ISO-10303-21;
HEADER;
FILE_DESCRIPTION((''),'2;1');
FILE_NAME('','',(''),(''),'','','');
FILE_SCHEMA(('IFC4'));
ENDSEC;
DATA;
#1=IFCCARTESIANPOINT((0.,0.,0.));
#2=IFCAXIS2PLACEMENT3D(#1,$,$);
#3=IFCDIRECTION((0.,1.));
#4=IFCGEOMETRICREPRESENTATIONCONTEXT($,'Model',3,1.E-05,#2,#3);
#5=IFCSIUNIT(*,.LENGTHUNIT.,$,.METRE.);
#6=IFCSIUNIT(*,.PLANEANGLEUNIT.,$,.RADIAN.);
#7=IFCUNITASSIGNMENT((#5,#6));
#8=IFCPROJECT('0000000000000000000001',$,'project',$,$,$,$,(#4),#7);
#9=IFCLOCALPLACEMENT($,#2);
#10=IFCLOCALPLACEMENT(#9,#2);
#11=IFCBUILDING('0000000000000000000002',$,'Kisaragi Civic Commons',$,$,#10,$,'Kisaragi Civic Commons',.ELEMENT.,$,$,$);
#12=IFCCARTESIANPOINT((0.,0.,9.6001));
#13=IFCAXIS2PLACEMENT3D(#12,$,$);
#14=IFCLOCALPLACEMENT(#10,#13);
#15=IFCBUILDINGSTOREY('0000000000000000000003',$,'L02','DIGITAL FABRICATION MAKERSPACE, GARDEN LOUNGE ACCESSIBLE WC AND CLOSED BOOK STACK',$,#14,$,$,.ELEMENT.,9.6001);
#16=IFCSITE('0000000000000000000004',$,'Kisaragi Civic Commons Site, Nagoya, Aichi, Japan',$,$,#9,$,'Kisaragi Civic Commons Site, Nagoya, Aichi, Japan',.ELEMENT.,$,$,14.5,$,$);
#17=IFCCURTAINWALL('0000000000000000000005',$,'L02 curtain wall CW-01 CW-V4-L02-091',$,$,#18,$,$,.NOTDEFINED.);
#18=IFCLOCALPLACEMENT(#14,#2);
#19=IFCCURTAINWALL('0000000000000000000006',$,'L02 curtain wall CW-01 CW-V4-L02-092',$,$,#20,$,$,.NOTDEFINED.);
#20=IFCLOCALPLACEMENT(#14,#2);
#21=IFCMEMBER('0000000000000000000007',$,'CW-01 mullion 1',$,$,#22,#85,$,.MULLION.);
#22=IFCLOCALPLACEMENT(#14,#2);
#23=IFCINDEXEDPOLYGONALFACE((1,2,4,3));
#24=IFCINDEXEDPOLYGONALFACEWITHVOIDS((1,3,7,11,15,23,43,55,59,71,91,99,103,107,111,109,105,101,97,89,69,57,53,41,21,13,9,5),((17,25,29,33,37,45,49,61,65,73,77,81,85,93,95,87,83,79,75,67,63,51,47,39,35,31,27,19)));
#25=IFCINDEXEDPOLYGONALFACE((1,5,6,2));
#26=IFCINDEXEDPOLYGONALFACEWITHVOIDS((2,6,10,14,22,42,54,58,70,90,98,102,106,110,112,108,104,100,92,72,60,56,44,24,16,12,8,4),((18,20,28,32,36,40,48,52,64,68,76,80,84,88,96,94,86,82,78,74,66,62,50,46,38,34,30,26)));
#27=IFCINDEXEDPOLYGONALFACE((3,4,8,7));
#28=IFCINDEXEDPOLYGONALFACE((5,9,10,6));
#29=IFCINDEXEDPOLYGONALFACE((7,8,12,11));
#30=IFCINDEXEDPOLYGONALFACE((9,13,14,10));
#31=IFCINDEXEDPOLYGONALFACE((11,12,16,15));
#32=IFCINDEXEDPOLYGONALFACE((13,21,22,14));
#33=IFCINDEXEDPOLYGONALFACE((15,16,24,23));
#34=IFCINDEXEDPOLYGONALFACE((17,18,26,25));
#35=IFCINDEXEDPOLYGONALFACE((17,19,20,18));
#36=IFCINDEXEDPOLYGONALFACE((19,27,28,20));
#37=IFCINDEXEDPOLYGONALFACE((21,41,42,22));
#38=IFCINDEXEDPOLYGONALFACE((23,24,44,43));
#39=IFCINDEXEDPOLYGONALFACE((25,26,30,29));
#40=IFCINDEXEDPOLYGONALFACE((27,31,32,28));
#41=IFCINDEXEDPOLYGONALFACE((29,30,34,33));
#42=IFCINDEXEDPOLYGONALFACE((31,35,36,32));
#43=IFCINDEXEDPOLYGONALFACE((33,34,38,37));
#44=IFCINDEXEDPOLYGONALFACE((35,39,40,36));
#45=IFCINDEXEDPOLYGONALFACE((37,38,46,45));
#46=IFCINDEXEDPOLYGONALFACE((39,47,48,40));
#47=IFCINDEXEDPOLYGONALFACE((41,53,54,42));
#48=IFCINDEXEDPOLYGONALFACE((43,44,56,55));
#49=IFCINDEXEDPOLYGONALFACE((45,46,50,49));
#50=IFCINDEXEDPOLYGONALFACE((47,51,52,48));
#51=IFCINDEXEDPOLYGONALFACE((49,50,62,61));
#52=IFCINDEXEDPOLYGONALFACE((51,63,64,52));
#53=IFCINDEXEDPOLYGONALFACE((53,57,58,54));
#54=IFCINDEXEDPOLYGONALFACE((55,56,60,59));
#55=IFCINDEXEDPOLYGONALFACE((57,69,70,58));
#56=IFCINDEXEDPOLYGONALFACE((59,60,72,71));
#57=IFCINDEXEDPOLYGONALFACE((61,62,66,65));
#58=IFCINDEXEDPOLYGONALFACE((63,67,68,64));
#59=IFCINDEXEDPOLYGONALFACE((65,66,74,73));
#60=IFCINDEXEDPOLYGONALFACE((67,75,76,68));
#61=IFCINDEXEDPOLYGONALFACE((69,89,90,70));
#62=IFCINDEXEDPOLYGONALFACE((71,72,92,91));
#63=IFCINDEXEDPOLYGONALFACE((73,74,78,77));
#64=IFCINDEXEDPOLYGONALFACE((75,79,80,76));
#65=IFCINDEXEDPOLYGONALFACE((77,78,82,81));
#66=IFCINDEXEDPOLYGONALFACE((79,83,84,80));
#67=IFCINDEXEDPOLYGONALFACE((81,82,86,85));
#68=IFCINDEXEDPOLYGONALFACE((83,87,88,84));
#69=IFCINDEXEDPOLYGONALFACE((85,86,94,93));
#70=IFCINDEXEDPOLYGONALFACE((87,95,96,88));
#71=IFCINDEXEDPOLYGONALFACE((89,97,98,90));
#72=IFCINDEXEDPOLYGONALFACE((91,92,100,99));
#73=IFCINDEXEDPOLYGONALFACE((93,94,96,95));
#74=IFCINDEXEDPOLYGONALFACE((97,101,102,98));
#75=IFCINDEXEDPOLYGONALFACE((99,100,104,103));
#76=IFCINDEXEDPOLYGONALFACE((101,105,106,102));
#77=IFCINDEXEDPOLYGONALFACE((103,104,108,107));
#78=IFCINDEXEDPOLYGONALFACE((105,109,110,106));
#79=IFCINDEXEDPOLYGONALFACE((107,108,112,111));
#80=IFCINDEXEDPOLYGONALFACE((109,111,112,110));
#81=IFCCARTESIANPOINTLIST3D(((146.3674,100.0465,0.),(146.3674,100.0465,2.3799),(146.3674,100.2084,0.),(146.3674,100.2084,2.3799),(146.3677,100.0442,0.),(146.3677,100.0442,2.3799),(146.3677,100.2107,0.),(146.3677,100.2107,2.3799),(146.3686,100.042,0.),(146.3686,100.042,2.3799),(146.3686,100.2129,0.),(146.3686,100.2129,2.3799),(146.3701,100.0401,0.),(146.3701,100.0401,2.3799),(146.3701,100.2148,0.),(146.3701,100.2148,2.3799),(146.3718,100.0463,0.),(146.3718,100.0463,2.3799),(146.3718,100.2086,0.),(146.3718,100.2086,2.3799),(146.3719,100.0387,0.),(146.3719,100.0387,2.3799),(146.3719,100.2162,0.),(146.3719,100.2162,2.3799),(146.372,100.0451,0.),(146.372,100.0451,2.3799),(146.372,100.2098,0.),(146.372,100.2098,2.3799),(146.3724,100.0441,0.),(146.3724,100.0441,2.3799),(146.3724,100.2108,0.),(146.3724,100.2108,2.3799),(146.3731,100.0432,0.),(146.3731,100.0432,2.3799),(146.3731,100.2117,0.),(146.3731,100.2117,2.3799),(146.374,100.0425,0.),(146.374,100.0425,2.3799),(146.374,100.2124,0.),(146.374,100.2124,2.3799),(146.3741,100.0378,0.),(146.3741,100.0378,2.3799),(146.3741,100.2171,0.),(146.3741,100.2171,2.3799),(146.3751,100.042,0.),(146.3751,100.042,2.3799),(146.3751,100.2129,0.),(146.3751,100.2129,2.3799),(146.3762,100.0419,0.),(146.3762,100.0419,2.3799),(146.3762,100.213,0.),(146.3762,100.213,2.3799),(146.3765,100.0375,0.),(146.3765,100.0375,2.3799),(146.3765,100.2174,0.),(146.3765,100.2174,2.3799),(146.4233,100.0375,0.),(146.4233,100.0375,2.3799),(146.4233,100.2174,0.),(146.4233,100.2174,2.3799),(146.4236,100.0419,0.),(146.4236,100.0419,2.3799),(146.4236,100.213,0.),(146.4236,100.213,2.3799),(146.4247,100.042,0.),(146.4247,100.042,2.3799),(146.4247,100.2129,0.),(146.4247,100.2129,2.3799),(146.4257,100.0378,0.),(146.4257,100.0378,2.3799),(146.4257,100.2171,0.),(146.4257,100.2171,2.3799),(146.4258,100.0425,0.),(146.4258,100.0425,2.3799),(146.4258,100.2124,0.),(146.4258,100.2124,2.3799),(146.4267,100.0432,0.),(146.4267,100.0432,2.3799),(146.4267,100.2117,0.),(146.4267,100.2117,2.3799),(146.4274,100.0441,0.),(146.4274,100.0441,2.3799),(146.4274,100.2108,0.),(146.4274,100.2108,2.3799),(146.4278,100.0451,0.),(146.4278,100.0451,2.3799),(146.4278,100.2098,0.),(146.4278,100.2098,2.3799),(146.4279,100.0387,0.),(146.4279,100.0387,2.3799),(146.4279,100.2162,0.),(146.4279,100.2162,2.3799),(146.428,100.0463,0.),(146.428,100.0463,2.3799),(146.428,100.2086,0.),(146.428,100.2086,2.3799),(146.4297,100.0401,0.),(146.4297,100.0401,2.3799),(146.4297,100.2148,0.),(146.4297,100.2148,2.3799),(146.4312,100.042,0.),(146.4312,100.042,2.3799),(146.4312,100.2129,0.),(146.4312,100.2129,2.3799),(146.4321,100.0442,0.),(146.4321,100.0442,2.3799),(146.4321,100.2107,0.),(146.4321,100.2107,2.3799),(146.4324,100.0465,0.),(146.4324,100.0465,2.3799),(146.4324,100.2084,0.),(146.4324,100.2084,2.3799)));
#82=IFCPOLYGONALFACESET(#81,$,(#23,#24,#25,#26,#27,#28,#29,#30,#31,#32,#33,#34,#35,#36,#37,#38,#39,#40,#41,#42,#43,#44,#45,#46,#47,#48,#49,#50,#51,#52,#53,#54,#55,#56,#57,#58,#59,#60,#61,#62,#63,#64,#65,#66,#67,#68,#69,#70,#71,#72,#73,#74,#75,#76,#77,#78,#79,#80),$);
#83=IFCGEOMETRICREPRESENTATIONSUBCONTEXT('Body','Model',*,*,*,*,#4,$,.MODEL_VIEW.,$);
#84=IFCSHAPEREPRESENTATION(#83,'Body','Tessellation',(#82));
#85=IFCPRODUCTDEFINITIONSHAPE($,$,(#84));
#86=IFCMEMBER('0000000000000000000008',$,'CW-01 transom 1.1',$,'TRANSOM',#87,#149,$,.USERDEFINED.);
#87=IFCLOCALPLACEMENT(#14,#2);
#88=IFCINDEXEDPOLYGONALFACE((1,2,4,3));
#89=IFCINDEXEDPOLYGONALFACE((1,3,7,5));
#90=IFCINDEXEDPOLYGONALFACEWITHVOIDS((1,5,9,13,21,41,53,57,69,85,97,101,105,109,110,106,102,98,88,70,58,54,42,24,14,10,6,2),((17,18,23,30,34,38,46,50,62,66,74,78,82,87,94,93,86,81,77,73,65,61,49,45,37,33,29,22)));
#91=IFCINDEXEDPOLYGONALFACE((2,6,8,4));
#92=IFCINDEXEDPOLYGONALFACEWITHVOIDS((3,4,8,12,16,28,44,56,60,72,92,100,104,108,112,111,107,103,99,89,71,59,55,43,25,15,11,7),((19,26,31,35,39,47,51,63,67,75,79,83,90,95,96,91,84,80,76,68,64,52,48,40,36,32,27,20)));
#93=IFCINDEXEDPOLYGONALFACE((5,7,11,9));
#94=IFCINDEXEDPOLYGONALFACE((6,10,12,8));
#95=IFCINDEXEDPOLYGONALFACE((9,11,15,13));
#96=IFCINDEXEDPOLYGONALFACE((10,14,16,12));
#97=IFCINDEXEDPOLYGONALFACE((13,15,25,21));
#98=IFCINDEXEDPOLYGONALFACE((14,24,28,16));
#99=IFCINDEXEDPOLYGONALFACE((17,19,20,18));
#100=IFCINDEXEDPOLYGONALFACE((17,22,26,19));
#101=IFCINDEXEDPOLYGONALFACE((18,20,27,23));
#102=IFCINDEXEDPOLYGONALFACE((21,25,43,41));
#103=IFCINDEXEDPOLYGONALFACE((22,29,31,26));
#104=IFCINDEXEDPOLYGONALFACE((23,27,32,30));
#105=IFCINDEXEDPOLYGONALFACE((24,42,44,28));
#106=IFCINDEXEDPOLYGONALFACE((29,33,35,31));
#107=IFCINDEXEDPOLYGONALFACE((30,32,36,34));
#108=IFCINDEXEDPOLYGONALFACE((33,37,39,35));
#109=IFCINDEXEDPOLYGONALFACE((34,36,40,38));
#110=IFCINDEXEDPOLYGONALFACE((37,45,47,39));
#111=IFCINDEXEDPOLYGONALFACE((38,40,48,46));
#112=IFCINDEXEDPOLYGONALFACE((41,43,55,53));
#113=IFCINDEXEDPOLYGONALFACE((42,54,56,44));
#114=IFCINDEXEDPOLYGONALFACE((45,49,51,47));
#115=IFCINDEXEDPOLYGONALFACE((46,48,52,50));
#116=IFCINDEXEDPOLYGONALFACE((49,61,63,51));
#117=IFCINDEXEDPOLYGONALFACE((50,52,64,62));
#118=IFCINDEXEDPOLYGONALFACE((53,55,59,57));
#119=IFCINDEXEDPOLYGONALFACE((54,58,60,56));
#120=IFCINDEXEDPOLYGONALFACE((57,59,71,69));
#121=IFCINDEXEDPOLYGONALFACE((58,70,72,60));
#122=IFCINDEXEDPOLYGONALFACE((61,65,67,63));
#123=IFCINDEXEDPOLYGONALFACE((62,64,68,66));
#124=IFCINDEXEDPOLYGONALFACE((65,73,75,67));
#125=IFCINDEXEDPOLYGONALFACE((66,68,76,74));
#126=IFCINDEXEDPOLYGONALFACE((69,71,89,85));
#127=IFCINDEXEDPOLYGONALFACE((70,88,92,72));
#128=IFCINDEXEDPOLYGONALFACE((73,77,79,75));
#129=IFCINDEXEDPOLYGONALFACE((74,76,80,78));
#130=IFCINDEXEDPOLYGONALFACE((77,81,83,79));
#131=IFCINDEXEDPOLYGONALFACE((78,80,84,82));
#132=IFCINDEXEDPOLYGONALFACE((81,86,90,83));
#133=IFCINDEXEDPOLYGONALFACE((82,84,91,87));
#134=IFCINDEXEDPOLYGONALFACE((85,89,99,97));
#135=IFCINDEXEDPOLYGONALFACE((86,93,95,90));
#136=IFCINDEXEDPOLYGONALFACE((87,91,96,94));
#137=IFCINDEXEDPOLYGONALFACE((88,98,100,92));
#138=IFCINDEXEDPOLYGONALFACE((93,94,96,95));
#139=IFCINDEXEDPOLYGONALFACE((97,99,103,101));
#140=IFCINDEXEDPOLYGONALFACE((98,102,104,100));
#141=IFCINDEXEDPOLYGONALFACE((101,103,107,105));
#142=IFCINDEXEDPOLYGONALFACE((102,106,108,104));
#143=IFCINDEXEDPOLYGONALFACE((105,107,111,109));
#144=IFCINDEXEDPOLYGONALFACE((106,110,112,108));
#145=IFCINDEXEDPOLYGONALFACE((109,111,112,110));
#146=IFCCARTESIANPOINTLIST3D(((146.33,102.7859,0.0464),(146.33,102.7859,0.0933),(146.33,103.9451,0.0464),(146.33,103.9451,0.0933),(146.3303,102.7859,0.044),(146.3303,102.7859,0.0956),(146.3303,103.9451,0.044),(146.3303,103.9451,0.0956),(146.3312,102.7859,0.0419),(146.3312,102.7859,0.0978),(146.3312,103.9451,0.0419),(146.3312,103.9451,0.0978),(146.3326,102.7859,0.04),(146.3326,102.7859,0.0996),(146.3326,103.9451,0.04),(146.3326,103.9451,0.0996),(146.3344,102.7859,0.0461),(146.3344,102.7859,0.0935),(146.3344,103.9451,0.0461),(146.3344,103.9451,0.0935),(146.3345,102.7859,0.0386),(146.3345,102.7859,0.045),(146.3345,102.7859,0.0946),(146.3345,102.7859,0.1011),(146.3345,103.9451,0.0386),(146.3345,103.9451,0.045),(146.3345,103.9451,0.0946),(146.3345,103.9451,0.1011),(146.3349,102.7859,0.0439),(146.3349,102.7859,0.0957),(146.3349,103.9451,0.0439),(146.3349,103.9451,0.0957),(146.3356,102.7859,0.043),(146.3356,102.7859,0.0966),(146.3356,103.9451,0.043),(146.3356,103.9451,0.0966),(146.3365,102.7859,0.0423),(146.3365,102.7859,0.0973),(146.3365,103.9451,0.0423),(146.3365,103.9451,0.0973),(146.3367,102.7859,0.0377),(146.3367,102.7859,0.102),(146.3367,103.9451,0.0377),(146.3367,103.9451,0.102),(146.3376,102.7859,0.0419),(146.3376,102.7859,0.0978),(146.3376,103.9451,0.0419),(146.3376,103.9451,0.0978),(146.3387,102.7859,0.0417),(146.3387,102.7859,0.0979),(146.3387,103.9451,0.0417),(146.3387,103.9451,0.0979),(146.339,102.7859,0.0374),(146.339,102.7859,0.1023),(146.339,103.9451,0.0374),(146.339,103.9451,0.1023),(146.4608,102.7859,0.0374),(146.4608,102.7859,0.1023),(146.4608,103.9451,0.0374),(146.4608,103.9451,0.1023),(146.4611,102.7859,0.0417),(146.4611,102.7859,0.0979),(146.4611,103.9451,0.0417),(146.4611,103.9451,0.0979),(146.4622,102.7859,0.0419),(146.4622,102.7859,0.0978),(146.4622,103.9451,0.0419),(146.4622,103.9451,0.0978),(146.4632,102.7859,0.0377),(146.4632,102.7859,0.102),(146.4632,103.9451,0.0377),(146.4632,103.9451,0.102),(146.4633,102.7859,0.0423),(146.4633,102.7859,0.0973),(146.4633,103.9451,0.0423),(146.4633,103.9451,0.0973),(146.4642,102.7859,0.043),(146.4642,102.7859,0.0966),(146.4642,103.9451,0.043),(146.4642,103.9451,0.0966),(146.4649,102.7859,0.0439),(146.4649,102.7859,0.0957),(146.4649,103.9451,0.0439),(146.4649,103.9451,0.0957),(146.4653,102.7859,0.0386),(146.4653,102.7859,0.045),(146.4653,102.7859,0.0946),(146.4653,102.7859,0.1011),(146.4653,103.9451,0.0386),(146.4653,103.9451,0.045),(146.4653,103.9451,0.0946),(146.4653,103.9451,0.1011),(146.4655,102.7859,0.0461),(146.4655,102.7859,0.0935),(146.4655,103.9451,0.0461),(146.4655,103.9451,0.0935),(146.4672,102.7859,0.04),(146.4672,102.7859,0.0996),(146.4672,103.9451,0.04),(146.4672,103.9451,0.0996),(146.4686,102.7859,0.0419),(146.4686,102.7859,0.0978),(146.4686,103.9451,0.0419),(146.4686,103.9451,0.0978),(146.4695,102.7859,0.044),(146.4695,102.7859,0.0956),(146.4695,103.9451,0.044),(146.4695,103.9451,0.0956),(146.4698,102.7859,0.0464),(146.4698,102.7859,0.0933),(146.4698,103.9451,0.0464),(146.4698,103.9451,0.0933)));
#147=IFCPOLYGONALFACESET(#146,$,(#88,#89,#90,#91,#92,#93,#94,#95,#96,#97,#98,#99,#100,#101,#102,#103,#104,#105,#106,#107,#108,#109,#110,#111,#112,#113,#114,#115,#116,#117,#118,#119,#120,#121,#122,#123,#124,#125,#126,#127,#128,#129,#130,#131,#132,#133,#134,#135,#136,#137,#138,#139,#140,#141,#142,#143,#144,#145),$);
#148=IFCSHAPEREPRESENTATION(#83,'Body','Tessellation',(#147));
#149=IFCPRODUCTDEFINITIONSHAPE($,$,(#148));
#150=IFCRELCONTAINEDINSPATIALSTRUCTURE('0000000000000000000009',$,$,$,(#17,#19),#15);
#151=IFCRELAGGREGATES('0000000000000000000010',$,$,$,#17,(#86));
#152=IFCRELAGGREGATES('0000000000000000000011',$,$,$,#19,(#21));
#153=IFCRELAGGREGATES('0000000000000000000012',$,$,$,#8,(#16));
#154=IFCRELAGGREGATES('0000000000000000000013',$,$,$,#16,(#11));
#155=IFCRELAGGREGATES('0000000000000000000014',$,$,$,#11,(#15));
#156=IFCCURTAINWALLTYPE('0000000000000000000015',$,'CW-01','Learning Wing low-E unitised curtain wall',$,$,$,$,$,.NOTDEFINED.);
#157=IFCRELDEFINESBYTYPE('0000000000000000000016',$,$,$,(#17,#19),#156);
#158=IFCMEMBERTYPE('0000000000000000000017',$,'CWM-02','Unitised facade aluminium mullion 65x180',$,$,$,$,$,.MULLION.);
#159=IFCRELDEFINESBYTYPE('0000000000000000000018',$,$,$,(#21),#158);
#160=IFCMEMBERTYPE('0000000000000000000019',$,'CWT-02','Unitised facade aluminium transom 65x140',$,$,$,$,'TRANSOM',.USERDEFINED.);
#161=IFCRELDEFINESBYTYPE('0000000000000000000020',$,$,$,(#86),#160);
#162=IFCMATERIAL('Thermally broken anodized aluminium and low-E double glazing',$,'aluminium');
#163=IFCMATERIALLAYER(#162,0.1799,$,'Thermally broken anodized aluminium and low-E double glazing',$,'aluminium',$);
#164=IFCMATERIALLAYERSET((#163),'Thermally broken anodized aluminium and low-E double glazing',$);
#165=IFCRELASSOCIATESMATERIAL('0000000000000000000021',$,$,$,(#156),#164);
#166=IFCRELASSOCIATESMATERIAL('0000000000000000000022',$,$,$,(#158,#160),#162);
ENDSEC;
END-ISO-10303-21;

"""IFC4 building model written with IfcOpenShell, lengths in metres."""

from ifc_helpers import new_model, si_unit, direction, frame, origin, origin_2d, place, context, subcontext, project, spatial, hollow_rectangle, extrude, material, layer, layer_set, material_profile, profile_set, type_object, element, aggregate, save


model = new_model("IFC4")

# Units and contexts
model_context = context("Model", 3, precision=1e-05, world=origin(), true_north=direction((0.0, 1.0)))
body_context = subcontext(model_context, "Body", "Model", "MODEL_VIEW")
ifc_project = project(units=[si_unit("LENGTHUNIT", "METRE"), si_unit("PLANEANGLEUNIT", "RADIAN")], contexts=[model_context])

# Site, building, storey
site_placement = place(None, origin())
site = spatial("IfcSite", under=ifc_project, at=site_placement, Name="Kisaragi Civic Commons Site, Nagoya, Aichi, Japan", LongName="Kisaragi Civic Commons Site, Nagoya, Aichi, Japan", CompositionType="ELEMENT", RefElevation=14.5)
building_placement = place(site_placement, origin())
building = spatial("IfcBuilding", under=site, at=building_placement, Name="Kisaragi Civic Commons", LongName="Kisaragi Civic Commons", CompositionType="ELEMENT")
storey_placement = place(building_placement, frame((0.0, 0.0, 9.6001)))
storey = spatial("IfcBuildingStorey", under=building, at=storey_placement, Name="L02", Description="DIGITAL FABRICATION MAKERSPACE, GARDEN LOUNGE ACCESSIBLE WC AND CLOSED BOOK STACK", CompositionType="ELEMENT", Elevation=9.6001)

# Curtain wall
ifc_material_1 = material(Name="Thermally broken anodized aluminium and low-E double glazing", Category="aluminium")
ifc_layer_1 = layer(ifc_material_1, 0.1799, Name="Thermally broken anodized aluminium and low-E double glazing", Category="aluminium")
ifc_layer_set_1 = layer_set([ifc_layer_1], Name="Thermally broken anodized aluminium and low-E double glazing")
curtain_wall_type = type_object("IfcCurtainWallType", Name="CW-01", Description="Learning Wing low-E unitised curtain wall", PredefinedType="NOTDEFINED", material=ifc_layer_set_1)
curtain_wall_1_placement = place(storey_placement, origin())
curtain_wall_1 = element("IfcCurtainWall", 1, at=curtain_wall_1_placement, inside=storey, type_object=curtain_wall_type, Name="L02 curtain wall CW-01 CW-V4-L02-091", PredefinedType="NOTDEFINED")
ifc_material_profile_1 = material_profile(ifc_material_1, hollow_rectangle(XDim=0.0649, YDim=0.1799, WallThickness=0.0044, InnerFilletRadius=0.0044, OuterFilletRadius=0.009, at=origin_2d()), Name="CWM-65x180x4.5", Category="aluminium")
ifc_profile_set_1 = profile_set([ifc_material_profile_1], Name="Thermally broken anodized aluminium and low-E double glazing")
member_type_1 = type_object("IfcMemberType", Name="CWM-02", Description="Unitised facade aluminium mullion 65x180", PredefinedType="MULLION", material=ifc_profile_set_1)

# Curtain wall, member
curtain_wall_2_placement = place(storey_placement, origin())
curtain_wall_2 = element("IfcCurtainWall", 2, at=curtain_wall_2_placement, inside=storey, type_object=curtain_wall_type, Name="L02 curtain wall CW-01 CW-V4-L02-092", PredefinedType="NOTDEFINED")
member_1_placement = place(storey_placement, frame((146.3999, 100.1274, 0.0), z_axis=(0.0, 0.0, 1.0), x_axis=(1.0, 0.0, 0.0)))
member_1 = element("IfcMember", 3, at=member_1_placement, type_object=member_type_1, Name="CW-01 mullion 1", PredefinedType="MULLION", context=body_context, shape_type="SweptSolid", body=[
    extrude(hollow_rectangle(XDim=0.0649, YDim=0.1799, WallThickness=0.0044, InnerFilletRadius=0.0044, OuterFilletRadius=0.009, at=origin_2d()), origin(), (0.0, 0.0, 1.0), 2.3799),
])

# Member
ifc_material_profile_2 = material_profile(ifc_material_1, hollow_rectangle(XDim=0.1399, YDim=0.0649, WallThickness=0.0044, InnerFilletRadius=0.0044, OuterFilletRadius=0.009, at=origin_2d()), Name="CWT-65x140x4.5", Category="aluminium")
ifc_profile_set_2 = profile_set([ifc_material_profile_2], Name="Thermally broken anodized aluminium and low-E double glazing")
member_type_2 = type_object("IfcMemberType", Name="CWT-02", Description="Unitised facade aluminium transom 65x140", ElementType="TRANSOM", PredefinedType="USERDEFINED", material=ifc_profile_set_2)
member_2_placement = place(storey_placement, frame((146.3999, 103.9451, 0.0698), z_axis=(0.0, -1.0, 0.0), x_axis=(1.0, 0.0, 0.0)))
member_2 = element("IfcMember", 4, at=member_2_placement, type_object=member_type_2, Name="CW-01 transom 1.1", ObjectType="TRANSOM", PredefinedType="USERDEFINED", context=body_context, shape_type="SweptSolid", body=[
    extrude(hollow_rectangle(XDim=0.1399, YDim=0.0649, WallThickness=0.0044, InnerFilletRadius=0.0044, OuterFilletRadius=0.009, at=origin_2d()), origin(), (0.0, 0.0, 1.0), 1.1592),
])

aggregate(curtain_wall_1, [member_2])
aggregate(curtain_wall_2, [member_1])

save(model, "model.ifc")
